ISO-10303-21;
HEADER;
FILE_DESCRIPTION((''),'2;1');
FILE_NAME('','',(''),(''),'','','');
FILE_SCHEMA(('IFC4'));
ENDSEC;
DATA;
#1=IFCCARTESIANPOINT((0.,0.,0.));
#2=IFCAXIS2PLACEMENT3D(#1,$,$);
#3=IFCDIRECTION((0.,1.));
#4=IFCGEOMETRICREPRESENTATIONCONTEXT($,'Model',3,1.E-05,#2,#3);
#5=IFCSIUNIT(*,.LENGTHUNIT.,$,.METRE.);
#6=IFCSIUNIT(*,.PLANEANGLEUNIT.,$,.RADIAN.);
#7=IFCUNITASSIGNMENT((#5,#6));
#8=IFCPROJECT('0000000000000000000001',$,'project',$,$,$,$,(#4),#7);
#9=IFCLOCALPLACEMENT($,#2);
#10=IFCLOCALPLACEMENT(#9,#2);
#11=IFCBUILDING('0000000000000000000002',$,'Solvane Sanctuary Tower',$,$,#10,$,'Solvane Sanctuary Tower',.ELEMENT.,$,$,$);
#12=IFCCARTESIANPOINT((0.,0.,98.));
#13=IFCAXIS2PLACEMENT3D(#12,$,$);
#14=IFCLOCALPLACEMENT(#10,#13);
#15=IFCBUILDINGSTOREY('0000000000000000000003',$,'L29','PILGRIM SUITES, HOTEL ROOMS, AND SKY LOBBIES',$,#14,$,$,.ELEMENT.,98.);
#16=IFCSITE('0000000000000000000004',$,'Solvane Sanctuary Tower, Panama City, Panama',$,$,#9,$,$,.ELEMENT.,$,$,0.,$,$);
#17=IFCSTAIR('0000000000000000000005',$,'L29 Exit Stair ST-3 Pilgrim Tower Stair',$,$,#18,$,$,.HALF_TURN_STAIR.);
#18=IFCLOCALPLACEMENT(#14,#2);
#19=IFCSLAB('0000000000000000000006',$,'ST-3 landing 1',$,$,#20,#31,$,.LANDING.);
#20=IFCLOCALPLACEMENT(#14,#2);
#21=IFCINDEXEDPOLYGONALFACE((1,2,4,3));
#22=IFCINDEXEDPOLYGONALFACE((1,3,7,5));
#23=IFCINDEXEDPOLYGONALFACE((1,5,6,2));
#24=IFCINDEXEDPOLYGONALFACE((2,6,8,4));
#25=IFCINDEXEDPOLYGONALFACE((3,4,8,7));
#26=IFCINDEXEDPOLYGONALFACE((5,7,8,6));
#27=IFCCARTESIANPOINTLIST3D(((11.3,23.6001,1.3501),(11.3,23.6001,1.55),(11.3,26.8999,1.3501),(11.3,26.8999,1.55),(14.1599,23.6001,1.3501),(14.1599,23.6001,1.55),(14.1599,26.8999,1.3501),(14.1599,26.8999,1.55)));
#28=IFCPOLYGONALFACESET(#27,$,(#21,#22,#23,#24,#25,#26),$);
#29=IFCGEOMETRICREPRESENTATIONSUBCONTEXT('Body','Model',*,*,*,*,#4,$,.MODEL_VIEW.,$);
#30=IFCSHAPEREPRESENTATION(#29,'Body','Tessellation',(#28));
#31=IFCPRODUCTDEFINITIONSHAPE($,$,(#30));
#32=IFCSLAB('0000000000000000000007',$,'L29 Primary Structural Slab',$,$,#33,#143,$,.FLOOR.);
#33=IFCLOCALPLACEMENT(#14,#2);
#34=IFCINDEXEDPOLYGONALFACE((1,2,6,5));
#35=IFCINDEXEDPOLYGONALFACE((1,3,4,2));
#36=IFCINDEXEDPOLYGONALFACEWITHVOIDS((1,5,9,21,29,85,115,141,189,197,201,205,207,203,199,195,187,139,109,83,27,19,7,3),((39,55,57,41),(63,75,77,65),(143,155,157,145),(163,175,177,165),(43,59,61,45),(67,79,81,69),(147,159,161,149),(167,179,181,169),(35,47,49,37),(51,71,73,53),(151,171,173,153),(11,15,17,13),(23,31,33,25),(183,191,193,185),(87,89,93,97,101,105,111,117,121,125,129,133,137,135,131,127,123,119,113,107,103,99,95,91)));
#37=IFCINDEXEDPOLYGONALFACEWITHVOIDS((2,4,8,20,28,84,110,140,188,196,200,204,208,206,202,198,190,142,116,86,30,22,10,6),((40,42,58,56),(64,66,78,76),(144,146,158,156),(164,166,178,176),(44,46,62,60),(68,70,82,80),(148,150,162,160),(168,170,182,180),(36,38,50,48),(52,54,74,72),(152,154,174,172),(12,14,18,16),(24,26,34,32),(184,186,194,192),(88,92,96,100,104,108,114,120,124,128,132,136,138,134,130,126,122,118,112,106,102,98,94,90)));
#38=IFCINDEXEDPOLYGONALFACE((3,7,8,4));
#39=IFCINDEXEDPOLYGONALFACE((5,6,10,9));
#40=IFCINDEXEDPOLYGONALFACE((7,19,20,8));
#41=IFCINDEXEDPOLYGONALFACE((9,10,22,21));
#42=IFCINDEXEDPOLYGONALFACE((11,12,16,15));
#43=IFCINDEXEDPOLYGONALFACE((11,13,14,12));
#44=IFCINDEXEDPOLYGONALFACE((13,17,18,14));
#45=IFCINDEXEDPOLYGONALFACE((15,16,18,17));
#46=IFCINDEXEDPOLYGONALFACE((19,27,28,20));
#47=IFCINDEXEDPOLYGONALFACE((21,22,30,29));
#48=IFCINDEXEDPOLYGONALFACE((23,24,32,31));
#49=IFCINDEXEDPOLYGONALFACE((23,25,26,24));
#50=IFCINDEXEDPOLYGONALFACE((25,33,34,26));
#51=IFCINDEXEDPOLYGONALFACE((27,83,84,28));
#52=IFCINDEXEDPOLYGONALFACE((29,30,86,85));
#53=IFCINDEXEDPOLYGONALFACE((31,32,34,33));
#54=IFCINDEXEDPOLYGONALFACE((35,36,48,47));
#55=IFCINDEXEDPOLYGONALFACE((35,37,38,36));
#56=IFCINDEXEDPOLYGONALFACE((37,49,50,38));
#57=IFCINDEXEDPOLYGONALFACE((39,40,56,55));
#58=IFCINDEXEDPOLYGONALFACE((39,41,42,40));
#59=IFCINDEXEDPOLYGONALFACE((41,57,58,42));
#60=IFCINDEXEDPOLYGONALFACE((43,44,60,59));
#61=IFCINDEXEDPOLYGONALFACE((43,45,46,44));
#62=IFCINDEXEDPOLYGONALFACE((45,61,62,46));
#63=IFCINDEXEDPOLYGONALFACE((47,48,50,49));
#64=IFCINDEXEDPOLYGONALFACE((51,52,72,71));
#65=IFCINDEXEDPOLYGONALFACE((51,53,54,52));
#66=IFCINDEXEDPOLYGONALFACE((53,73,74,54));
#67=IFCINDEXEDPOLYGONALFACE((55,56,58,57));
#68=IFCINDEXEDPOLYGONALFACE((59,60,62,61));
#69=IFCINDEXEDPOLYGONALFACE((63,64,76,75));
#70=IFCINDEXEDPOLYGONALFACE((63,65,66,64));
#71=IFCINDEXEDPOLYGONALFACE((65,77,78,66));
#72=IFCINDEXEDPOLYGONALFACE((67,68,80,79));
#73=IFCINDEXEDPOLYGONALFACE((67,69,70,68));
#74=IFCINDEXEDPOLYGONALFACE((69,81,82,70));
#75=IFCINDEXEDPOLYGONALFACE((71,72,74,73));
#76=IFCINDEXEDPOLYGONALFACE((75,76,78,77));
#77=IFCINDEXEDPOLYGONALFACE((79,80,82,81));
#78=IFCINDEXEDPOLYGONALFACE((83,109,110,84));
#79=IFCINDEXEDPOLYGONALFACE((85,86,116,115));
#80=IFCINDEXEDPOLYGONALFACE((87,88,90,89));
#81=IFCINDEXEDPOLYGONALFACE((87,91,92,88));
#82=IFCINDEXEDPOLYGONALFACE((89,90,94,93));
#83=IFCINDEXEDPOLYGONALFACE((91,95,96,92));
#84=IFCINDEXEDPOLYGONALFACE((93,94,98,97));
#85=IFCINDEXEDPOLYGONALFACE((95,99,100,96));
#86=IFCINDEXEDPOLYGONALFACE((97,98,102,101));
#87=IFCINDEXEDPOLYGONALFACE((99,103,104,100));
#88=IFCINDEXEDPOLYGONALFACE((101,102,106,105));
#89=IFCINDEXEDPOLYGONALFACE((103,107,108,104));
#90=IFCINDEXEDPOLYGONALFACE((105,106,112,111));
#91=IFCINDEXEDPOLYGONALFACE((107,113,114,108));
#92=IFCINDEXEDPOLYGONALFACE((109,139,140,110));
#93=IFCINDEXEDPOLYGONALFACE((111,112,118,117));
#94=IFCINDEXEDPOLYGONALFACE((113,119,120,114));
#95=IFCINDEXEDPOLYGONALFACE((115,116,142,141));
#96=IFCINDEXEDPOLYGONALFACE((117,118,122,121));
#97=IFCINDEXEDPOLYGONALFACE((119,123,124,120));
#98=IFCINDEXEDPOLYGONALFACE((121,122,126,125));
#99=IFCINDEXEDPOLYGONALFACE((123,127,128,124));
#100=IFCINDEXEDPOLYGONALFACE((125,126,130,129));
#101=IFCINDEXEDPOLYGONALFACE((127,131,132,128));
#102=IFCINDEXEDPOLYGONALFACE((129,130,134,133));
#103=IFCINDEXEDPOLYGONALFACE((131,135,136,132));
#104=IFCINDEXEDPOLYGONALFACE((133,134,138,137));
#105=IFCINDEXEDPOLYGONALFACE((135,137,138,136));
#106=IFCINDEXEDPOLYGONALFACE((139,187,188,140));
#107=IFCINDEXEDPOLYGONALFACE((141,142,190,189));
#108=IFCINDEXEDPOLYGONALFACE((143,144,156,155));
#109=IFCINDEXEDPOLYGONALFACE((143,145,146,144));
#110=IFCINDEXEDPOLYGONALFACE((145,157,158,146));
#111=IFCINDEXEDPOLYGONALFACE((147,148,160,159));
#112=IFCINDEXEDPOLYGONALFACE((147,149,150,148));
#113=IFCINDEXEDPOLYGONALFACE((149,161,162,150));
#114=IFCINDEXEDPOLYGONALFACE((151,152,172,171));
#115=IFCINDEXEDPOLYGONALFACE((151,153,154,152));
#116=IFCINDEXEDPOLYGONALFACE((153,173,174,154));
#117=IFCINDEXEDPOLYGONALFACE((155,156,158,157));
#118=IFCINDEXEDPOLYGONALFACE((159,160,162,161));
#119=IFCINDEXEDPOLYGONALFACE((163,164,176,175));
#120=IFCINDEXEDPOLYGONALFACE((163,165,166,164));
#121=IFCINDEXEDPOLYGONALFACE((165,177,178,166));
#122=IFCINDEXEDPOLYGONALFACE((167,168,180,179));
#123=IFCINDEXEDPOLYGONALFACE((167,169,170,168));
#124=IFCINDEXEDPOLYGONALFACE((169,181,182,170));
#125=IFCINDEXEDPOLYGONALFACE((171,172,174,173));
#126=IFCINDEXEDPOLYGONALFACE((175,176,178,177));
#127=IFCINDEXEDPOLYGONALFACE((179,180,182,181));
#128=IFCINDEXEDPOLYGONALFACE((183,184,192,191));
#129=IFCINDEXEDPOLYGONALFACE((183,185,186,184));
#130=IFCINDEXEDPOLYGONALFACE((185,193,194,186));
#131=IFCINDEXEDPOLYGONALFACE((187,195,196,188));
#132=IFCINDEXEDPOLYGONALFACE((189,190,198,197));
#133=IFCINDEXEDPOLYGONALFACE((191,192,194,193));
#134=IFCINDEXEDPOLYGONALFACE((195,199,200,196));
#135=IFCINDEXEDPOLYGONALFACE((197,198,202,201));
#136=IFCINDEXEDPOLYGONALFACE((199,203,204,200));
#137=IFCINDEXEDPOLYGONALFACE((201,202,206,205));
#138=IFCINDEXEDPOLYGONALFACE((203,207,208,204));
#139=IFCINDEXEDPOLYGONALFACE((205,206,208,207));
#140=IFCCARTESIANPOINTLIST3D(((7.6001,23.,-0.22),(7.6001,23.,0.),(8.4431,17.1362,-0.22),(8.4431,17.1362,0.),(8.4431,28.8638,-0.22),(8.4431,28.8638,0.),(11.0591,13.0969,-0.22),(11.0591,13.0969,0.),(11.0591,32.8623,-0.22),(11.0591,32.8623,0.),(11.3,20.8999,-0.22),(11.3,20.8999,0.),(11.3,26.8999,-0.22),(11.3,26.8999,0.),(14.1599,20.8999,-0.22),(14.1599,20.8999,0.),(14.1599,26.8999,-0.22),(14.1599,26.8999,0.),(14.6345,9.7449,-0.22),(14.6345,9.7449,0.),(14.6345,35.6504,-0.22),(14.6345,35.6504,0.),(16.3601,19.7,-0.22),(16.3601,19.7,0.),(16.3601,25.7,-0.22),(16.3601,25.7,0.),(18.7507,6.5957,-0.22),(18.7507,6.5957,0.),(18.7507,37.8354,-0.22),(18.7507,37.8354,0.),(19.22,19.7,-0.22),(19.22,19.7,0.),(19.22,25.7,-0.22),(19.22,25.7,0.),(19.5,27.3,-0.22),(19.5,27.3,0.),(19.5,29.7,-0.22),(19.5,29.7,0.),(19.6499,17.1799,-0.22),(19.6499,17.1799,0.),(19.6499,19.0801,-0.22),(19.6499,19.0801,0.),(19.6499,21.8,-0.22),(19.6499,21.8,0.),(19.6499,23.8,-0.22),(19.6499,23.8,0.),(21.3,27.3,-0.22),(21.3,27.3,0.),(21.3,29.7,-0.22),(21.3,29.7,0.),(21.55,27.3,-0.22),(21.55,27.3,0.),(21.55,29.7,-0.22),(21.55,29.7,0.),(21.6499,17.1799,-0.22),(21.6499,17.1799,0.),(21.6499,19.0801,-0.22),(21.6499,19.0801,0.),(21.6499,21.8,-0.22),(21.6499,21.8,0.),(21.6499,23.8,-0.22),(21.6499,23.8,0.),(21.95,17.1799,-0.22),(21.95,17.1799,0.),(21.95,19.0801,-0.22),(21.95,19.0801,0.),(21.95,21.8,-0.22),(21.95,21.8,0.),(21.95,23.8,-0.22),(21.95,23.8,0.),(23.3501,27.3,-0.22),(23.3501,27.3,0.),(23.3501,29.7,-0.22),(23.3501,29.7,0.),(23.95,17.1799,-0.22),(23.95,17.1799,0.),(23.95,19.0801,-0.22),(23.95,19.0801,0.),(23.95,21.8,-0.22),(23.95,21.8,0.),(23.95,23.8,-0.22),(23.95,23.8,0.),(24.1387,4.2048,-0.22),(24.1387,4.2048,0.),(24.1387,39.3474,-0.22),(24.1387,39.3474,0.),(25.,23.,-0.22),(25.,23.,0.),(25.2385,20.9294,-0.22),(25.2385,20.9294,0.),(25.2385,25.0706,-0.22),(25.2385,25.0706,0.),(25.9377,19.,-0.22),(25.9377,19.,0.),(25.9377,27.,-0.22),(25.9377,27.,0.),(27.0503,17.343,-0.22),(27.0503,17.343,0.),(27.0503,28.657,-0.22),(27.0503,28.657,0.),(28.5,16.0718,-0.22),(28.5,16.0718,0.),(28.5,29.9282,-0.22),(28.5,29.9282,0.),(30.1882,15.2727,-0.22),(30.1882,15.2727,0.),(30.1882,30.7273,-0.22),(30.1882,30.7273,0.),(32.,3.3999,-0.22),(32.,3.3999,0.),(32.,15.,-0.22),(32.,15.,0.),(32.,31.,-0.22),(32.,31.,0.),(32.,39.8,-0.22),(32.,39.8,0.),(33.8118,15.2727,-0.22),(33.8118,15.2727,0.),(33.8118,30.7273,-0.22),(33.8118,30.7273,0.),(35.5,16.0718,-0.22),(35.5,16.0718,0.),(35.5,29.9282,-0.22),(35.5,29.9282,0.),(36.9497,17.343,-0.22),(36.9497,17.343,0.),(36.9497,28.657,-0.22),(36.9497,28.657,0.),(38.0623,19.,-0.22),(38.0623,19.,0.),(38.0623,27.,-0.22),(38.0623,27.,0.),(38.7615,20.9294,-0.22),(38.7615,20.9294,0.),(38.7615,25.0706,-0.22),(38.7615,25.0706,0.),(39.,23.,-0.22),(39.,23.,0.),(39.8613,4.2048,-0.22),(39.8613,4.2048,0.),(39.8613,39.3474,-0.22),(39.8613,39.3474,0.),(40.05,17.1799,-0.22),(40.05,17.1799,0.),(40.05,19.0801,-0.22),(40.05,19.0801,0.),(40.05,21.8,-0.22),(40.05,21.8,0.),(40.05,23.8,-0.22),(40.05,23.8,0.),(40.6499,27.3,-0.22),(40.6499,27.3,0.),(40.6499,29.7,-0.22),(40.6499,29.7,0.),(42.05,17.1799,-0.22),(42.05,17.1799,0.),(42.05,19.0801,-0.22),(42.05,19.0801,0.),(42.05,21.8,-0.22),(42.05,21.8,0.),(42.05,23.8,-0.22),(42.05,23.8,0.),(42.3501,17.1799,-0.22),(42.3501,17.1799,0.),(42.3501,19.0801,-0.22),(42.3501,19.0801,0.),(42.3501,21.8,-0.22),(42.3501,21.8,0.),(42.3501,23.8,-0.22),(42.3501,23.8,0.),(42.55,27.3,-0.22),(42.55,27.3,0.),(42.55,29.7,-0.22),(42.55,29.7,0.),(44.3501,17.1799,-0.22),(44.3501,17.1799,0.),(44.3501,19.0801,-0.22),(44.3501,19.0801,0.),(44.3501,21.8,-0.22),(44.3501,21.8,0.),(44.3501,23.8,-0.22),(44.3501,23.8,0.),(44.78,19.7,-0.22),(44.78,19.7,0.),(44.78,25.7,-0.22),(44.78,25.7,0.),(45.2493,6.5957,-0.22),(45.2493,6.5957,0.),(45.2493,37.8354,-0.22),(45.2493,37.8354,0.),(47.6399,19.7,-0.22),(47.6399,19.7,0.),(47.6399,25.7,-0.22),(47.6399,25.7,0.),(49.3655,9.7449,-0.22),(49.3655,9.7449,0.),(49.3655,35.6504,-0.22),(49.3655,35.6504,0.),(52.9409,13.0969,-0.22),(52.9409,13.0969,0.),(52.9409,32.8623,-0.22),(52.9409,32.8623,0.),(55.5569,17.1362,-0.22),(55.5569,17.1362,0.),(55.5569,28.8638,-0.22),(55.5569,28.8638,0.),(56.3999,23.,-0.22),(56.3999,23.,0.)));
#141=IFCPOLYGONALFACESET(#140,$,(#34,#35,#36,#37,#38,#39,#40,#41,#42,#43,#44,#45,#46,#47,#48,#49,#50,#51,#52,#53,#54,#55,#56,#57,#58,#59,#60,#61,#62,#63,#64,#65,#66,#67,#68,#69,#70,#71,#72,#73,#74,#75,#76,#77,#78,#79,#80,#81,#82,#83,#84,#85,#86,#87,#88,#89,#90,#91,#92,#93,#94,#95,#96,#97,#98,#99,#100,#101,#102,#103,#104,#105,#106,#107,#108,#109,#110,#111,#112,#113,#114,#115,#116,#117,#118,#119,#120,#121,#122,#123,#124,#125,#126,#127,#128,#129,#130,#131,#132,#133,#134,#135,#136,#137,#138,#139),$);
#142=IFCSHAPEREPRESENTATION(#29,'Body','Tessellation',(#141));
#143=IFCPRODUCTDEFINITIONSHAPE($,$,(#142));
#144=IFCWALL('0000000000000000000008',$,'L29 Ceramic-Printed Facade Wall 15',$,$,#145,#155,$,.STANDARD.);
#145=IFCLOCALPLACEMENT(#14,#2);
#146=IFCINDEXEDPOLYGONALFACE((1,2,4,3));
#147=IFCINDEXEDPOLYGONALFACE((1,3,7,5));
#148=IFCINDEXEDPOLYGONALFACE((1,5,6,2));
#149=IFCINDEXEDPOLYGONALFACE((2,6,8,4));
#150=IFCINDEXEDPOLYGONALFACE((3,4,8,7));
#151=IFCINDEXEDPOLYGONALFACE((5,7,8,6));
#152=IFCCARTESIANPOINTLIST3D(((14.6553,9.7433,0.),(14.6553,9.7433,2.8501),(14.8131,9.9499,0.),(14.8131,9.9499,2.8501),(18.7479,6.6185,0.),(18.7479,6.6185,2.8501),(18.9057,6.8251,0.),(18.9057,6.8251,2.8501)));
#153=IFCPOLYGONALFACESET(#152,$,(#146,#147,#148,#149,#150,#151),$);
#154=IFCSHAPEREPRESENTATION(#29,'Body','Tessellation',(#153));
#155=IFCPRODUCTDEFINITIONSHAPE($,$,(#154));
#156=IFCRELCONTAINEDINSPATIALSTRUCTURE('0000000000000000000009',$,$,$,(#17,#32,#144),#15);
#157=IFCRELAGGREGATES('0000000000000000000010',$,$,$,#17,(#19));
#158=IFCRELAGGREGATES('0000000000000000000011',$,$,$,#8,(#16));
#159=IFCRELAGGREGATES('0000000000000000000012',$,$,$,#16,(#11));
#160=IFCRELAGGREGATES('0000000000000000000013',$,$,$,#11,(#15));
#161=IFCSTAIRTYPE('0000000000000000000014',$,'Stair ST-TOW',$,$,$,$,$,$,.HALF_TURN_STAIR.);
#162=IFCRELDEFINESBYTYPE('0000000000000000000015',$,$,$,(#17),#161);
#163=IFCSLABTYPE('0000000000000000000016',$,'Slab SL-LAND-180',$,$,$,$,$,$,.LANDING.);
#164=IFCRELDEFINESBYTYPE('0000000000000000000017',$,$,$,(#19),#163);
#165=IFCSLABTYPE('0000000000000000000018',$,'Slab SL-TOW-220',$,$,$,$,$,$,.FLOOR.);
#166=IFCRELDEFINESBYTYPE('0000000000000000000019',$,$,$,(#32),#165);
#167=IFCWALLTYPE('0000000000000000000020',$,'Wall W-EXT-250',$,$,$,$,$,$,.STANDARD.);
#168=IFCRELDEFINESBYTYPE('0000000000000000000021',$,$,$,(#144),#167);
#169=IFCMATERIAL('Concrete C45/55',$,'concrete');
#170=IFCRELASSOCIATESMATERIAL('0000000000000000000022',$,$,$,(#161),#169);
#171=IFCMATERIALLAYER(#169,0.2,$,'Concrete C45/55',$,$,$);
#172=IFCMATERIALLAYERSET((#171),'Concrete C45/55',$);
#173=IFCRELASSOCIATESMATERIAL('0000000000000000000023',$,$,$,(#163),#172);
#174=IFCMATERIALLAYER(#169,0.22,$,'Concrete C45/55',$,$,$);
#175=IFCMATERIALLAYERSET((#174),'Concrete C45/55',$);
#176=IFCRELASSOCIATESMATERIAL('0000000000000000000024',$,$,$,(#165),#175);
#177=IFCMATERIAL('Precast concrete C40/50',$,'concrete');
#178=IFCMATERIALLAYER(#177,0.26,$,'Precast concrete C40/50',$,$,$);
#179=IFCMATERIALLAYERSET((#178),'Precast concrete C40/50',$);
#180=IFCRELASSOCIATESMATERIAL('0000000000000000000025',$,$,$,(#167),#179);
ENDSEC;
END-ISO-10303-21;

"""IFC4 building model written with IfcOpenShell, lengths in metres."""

from ifc_helpers import new_model, si_unit, direction, frame, frame_2d, origin, place, context, subcontext, project, spatial, polyline, rectangle, outline, extrude, material, layer, layer_set, type_object, element, aggregate, save


model = new_model("IFC4")

# Units and contexts
model_context = context("Model", 3, precision=1e-05, world=origin(), true_north=direction((0.0, 1.0)))
body_context = subcontext(model_context, "Body", "Model", "MODEL_VIEW")
ifc_project = project(units=[si_unit("LENGTHUNIT", "METRE"), si_unit("PLANEANGLEUNIT", "RADIAN")], contexts=[model_context])

# Site, building, storey
site_placement = place(None, origin())
site = spatial("IfcSite", under=ifc_project, at=site_placement, Name="Solvane Sanctuary Tower, Panama City, Panama", CompositionType="ELEMENT", RefElevation=0.0)
building_placement = place(site_placement, origin())
building = spatial("IfcBuilding", under=site, at=building_placement, Name="Solvane Sanctuary Tower", LongName="Solvane Sanctuary Tower", CompositionType="ELEMENT")
storey_placement = place(building_placement, frame((0.0, 0.0, 98.0)))
storey = spatial("IfcBuildingStorey", under=building, at=storey_placement, Name="L29", Description="PILGRIM SUITES, HOTEL ROOMS, AND SKY LOBBIES", CompositionType="ELEMENT", Elevation=98.0)

# Shared definitions
ifc_material_1 = material(Name="Precast concrete C40/50", Category="concrete")

# Stair, slab
ifc_material_2 = material(Name="Concrete C45/55", Category="concrete")
stair_type = type_object("IfcStairType", Name="Stair ST-TOW", PredefinedType="HALF_TURN_STAIR", material=ifc_material_2)
ifc_layer_1 = layer(ifc_material_2, 0.2, Name="Concrete C45/55")
ifc_layer_set_1 = layer_set([ifc_layer_1], Name="Concrete C45/55")
slab_type_1 = type_object("IfcSlabType", Name="Slab SL-LAND-180", PredefinedType="LANDING", material=ifc_layer_set_1)
stair_1_placement = place(storey_placement, origin())
stair_1 = element("IfcStair", 1, at=stair_1_placement, inside=storey, type_object=stair_type, Name="L29 Exit Stair ST-3 Pilgrim Tower Stair", PredefinedType="HALF_TURN_STAIR")
slab_1_placement = place(storey_placement, frame((0.0, 0.0, 1.3501)))
slab_1 = element("IfcSlab", 2, at=slab_1_placement, type_object=slab_type_1, Name="ST-3 landing 1", PredefinedType="LANDING", context=body_context, shape_type="SweptSolid", body=[
    extrude(outline(polyline([(14.1599, 23.6001), (14.1599, 26.8999), (11.3, 26.8999), (11.3, 23.6001), (14.1599, 23.6001)])), origin(), (0.0, 0.0, 1.0), 0.2),
])
aggregate(stair_1, [slab_1])

# Slab
ifc_layer_2 = layer(ifc_material_2, 0.22, Name="Concrete C45/55")
ifc_layer_set_2 = layer_set([ifc_layer_2], Name="Concrete C45/55")
slab_type_2 = type_object("IfcSlabType", Name="Slab SL-TOW-220", PredefinedType="FLOOR", material=ifc_layer_set_2)
slab_2_placement = place(storey_placement, frame((0.0, 0.0, -0.22)))
element("IfcSlab", 3, at=slab_2_placement, inside=storey, type_object=slab_type_2, Name="L29 Primary Structural Slab", PredefinedType="FLOOR", context=body_context, shape_type="SweptSolid", body=[
    extrude(outline(polyline([(56.3999, 23.0), (55.5569, 28.8638), (52.9409, 32.8623), (49.3655, 35.6504), (45.2493, 37.8354), (39.8613, 39.3474), (32.0, 39.8), (24.1387, 39.3474), (18.7507, 37.8354), (14.6345, 35.6504), (11.0591, 32.8623), (8.4431, 28.8638), (7.6001, 23.0), (8.4431, 17.1362), (11.0591, 13.0969), (14.6345, 9.7449), (18.7507, 6.5957), (24.1387, 4.2048), (32.0, 3.3999), (39.8613, 4.2048), (45.2493, 6.5957), (49.3655, 9.7449), (52.9409, 13.0969), (55.5569, 17.1362), (56.3999, 23.0)]), holes=[polyline([(38.7615, 20.9294), (38.0623, 19.0), (36.9497, 17.343), (35.5, 16.0718), (33.8118, 15.2727), (32.0, 15.0), (30.1882, 15.2727), (28.5, 16.0718), (27.0503, 17.343), (25.9377, 19.0), (25.2385, 20.9294), (25.0, 23.0), (25.2385, 25.0706), (25.9377, 27.0), (27.0503, 28.657), (28.5, 29.9282), (30.1882, 30.7273), (32.0, 31.0), (33.8118, 30.7273), (35.5, 29.9282), (36.9497, 28.657), (38.0623, 27.0), (38.7615, 25.0706), (39.0, 23.0), (38.7615, 20.9294)]), polyline([(16.3601, 19.7), (16.3601, 25.7), (19.22, 25.7), (19.22, 19.7), (16.3601, 19.7)]), polyline([(44.78, 19.7), (44.78, 25.7), (47.6399, 25.7), (47.6399, 19.7), (44.78, 19.7)]), polyline([(11.3, 20.8999), (11.3, 26.8999), (14.1599, 26.8999), (14.1599, 20.8999), (11.3, 20.8999)]), polyline([(19.6499, 19.0801), (21.6499, 19.0801), (21.6499, 17.1799), (19.6499, 17.1799), (19.6499, 19.0801)]), polyline([(21.95, 19.0801), (23.95, 19.0801), (23.95, 17.1799), (21.95, 17.1799), (21.95, 19.0801)]), polyline([(40.05, 19.0801), (42.05, 19.0801), (42.05, 17.1799), (40.05, 17.1799), (40.05, 19.0801)]), polyline([(42.3501, 19.0801), (44.3501, 19.0801), (44.3501, 17.1799), (42.3501, 17.1799), (42.3501, 19.0801)]), polyline([(19.6499, 23.8), (21.6499, 23.8), (21.6499, 21.8), (19.6499, 21.8), (19.6499, 23.8)]), polyline([(42.3501, 23.8), (44.3501, 23.8), (44.3501, 21.8), (42.3501, 21.8), (42.3501, 23.8)]), polyline([(21.95, 23.8), (23.95, 23.8), (23.95, 21.8), (21.95, 21.8), (21.95, 23.8)]), polyline([(40.05, 23.8), (42.05, 23.8), (42.05, 21.8), (40.05, 21.8), (40.05, 23.8)]), polyline([(19.5, 29.7), (21.3, 29.7), (21.3, 27.3), (19.5, 27.3), (19.5, 29.7)]), polyline([(21.55, 29.7), (23.3501, 29.7), (23.3501, 27.3), (21.55, 27.3), (21.55, 29.7)]), polyline([(40.6499, 29.7), (42.55, 29.7), (42.55, 27.3), (40.6499, 27.3), (40.6499, 29.7)])]), origin(), (0.0, 0.0, 1.0), 0.22),
])

# Wall
ifc_layer_3 = layer(ifc_material_1, 0.26, Name="Precast concrete C40/50")
ifc_layer_set_3 = layer_set([ifc_layer_3], Name="Precast concrete C40/50")
wall_type = type_object("IfcWallType", Name="Wall W-EXT-250", PredefinedType="STANDARD", material=ifc_layer_set_3)
wall_1_placement = place(storey_placement, frame((14.7341, 9.8467, 0.0), z_axis=(0.0, 0.0, 1.0), x_axis=(0.79481, -0.606859, 0.0)))
element("IfcWall", 4, at=wall_1_placement, inside=storey, type_object=wall_type, Name="L29 Ceramic-Printed Facade Wall 15", PredefinedType="STANDARD", context=body_context, shape_type="SweptSolid", body=[
    extrude(rectangle(XDim=5.1492, YDim=0.26, at=frame_2d((2.5747, 0.0))), origin(), (0.0, 0.0, 1.0), 2.8501),
])

save(model, "model.ifc")
